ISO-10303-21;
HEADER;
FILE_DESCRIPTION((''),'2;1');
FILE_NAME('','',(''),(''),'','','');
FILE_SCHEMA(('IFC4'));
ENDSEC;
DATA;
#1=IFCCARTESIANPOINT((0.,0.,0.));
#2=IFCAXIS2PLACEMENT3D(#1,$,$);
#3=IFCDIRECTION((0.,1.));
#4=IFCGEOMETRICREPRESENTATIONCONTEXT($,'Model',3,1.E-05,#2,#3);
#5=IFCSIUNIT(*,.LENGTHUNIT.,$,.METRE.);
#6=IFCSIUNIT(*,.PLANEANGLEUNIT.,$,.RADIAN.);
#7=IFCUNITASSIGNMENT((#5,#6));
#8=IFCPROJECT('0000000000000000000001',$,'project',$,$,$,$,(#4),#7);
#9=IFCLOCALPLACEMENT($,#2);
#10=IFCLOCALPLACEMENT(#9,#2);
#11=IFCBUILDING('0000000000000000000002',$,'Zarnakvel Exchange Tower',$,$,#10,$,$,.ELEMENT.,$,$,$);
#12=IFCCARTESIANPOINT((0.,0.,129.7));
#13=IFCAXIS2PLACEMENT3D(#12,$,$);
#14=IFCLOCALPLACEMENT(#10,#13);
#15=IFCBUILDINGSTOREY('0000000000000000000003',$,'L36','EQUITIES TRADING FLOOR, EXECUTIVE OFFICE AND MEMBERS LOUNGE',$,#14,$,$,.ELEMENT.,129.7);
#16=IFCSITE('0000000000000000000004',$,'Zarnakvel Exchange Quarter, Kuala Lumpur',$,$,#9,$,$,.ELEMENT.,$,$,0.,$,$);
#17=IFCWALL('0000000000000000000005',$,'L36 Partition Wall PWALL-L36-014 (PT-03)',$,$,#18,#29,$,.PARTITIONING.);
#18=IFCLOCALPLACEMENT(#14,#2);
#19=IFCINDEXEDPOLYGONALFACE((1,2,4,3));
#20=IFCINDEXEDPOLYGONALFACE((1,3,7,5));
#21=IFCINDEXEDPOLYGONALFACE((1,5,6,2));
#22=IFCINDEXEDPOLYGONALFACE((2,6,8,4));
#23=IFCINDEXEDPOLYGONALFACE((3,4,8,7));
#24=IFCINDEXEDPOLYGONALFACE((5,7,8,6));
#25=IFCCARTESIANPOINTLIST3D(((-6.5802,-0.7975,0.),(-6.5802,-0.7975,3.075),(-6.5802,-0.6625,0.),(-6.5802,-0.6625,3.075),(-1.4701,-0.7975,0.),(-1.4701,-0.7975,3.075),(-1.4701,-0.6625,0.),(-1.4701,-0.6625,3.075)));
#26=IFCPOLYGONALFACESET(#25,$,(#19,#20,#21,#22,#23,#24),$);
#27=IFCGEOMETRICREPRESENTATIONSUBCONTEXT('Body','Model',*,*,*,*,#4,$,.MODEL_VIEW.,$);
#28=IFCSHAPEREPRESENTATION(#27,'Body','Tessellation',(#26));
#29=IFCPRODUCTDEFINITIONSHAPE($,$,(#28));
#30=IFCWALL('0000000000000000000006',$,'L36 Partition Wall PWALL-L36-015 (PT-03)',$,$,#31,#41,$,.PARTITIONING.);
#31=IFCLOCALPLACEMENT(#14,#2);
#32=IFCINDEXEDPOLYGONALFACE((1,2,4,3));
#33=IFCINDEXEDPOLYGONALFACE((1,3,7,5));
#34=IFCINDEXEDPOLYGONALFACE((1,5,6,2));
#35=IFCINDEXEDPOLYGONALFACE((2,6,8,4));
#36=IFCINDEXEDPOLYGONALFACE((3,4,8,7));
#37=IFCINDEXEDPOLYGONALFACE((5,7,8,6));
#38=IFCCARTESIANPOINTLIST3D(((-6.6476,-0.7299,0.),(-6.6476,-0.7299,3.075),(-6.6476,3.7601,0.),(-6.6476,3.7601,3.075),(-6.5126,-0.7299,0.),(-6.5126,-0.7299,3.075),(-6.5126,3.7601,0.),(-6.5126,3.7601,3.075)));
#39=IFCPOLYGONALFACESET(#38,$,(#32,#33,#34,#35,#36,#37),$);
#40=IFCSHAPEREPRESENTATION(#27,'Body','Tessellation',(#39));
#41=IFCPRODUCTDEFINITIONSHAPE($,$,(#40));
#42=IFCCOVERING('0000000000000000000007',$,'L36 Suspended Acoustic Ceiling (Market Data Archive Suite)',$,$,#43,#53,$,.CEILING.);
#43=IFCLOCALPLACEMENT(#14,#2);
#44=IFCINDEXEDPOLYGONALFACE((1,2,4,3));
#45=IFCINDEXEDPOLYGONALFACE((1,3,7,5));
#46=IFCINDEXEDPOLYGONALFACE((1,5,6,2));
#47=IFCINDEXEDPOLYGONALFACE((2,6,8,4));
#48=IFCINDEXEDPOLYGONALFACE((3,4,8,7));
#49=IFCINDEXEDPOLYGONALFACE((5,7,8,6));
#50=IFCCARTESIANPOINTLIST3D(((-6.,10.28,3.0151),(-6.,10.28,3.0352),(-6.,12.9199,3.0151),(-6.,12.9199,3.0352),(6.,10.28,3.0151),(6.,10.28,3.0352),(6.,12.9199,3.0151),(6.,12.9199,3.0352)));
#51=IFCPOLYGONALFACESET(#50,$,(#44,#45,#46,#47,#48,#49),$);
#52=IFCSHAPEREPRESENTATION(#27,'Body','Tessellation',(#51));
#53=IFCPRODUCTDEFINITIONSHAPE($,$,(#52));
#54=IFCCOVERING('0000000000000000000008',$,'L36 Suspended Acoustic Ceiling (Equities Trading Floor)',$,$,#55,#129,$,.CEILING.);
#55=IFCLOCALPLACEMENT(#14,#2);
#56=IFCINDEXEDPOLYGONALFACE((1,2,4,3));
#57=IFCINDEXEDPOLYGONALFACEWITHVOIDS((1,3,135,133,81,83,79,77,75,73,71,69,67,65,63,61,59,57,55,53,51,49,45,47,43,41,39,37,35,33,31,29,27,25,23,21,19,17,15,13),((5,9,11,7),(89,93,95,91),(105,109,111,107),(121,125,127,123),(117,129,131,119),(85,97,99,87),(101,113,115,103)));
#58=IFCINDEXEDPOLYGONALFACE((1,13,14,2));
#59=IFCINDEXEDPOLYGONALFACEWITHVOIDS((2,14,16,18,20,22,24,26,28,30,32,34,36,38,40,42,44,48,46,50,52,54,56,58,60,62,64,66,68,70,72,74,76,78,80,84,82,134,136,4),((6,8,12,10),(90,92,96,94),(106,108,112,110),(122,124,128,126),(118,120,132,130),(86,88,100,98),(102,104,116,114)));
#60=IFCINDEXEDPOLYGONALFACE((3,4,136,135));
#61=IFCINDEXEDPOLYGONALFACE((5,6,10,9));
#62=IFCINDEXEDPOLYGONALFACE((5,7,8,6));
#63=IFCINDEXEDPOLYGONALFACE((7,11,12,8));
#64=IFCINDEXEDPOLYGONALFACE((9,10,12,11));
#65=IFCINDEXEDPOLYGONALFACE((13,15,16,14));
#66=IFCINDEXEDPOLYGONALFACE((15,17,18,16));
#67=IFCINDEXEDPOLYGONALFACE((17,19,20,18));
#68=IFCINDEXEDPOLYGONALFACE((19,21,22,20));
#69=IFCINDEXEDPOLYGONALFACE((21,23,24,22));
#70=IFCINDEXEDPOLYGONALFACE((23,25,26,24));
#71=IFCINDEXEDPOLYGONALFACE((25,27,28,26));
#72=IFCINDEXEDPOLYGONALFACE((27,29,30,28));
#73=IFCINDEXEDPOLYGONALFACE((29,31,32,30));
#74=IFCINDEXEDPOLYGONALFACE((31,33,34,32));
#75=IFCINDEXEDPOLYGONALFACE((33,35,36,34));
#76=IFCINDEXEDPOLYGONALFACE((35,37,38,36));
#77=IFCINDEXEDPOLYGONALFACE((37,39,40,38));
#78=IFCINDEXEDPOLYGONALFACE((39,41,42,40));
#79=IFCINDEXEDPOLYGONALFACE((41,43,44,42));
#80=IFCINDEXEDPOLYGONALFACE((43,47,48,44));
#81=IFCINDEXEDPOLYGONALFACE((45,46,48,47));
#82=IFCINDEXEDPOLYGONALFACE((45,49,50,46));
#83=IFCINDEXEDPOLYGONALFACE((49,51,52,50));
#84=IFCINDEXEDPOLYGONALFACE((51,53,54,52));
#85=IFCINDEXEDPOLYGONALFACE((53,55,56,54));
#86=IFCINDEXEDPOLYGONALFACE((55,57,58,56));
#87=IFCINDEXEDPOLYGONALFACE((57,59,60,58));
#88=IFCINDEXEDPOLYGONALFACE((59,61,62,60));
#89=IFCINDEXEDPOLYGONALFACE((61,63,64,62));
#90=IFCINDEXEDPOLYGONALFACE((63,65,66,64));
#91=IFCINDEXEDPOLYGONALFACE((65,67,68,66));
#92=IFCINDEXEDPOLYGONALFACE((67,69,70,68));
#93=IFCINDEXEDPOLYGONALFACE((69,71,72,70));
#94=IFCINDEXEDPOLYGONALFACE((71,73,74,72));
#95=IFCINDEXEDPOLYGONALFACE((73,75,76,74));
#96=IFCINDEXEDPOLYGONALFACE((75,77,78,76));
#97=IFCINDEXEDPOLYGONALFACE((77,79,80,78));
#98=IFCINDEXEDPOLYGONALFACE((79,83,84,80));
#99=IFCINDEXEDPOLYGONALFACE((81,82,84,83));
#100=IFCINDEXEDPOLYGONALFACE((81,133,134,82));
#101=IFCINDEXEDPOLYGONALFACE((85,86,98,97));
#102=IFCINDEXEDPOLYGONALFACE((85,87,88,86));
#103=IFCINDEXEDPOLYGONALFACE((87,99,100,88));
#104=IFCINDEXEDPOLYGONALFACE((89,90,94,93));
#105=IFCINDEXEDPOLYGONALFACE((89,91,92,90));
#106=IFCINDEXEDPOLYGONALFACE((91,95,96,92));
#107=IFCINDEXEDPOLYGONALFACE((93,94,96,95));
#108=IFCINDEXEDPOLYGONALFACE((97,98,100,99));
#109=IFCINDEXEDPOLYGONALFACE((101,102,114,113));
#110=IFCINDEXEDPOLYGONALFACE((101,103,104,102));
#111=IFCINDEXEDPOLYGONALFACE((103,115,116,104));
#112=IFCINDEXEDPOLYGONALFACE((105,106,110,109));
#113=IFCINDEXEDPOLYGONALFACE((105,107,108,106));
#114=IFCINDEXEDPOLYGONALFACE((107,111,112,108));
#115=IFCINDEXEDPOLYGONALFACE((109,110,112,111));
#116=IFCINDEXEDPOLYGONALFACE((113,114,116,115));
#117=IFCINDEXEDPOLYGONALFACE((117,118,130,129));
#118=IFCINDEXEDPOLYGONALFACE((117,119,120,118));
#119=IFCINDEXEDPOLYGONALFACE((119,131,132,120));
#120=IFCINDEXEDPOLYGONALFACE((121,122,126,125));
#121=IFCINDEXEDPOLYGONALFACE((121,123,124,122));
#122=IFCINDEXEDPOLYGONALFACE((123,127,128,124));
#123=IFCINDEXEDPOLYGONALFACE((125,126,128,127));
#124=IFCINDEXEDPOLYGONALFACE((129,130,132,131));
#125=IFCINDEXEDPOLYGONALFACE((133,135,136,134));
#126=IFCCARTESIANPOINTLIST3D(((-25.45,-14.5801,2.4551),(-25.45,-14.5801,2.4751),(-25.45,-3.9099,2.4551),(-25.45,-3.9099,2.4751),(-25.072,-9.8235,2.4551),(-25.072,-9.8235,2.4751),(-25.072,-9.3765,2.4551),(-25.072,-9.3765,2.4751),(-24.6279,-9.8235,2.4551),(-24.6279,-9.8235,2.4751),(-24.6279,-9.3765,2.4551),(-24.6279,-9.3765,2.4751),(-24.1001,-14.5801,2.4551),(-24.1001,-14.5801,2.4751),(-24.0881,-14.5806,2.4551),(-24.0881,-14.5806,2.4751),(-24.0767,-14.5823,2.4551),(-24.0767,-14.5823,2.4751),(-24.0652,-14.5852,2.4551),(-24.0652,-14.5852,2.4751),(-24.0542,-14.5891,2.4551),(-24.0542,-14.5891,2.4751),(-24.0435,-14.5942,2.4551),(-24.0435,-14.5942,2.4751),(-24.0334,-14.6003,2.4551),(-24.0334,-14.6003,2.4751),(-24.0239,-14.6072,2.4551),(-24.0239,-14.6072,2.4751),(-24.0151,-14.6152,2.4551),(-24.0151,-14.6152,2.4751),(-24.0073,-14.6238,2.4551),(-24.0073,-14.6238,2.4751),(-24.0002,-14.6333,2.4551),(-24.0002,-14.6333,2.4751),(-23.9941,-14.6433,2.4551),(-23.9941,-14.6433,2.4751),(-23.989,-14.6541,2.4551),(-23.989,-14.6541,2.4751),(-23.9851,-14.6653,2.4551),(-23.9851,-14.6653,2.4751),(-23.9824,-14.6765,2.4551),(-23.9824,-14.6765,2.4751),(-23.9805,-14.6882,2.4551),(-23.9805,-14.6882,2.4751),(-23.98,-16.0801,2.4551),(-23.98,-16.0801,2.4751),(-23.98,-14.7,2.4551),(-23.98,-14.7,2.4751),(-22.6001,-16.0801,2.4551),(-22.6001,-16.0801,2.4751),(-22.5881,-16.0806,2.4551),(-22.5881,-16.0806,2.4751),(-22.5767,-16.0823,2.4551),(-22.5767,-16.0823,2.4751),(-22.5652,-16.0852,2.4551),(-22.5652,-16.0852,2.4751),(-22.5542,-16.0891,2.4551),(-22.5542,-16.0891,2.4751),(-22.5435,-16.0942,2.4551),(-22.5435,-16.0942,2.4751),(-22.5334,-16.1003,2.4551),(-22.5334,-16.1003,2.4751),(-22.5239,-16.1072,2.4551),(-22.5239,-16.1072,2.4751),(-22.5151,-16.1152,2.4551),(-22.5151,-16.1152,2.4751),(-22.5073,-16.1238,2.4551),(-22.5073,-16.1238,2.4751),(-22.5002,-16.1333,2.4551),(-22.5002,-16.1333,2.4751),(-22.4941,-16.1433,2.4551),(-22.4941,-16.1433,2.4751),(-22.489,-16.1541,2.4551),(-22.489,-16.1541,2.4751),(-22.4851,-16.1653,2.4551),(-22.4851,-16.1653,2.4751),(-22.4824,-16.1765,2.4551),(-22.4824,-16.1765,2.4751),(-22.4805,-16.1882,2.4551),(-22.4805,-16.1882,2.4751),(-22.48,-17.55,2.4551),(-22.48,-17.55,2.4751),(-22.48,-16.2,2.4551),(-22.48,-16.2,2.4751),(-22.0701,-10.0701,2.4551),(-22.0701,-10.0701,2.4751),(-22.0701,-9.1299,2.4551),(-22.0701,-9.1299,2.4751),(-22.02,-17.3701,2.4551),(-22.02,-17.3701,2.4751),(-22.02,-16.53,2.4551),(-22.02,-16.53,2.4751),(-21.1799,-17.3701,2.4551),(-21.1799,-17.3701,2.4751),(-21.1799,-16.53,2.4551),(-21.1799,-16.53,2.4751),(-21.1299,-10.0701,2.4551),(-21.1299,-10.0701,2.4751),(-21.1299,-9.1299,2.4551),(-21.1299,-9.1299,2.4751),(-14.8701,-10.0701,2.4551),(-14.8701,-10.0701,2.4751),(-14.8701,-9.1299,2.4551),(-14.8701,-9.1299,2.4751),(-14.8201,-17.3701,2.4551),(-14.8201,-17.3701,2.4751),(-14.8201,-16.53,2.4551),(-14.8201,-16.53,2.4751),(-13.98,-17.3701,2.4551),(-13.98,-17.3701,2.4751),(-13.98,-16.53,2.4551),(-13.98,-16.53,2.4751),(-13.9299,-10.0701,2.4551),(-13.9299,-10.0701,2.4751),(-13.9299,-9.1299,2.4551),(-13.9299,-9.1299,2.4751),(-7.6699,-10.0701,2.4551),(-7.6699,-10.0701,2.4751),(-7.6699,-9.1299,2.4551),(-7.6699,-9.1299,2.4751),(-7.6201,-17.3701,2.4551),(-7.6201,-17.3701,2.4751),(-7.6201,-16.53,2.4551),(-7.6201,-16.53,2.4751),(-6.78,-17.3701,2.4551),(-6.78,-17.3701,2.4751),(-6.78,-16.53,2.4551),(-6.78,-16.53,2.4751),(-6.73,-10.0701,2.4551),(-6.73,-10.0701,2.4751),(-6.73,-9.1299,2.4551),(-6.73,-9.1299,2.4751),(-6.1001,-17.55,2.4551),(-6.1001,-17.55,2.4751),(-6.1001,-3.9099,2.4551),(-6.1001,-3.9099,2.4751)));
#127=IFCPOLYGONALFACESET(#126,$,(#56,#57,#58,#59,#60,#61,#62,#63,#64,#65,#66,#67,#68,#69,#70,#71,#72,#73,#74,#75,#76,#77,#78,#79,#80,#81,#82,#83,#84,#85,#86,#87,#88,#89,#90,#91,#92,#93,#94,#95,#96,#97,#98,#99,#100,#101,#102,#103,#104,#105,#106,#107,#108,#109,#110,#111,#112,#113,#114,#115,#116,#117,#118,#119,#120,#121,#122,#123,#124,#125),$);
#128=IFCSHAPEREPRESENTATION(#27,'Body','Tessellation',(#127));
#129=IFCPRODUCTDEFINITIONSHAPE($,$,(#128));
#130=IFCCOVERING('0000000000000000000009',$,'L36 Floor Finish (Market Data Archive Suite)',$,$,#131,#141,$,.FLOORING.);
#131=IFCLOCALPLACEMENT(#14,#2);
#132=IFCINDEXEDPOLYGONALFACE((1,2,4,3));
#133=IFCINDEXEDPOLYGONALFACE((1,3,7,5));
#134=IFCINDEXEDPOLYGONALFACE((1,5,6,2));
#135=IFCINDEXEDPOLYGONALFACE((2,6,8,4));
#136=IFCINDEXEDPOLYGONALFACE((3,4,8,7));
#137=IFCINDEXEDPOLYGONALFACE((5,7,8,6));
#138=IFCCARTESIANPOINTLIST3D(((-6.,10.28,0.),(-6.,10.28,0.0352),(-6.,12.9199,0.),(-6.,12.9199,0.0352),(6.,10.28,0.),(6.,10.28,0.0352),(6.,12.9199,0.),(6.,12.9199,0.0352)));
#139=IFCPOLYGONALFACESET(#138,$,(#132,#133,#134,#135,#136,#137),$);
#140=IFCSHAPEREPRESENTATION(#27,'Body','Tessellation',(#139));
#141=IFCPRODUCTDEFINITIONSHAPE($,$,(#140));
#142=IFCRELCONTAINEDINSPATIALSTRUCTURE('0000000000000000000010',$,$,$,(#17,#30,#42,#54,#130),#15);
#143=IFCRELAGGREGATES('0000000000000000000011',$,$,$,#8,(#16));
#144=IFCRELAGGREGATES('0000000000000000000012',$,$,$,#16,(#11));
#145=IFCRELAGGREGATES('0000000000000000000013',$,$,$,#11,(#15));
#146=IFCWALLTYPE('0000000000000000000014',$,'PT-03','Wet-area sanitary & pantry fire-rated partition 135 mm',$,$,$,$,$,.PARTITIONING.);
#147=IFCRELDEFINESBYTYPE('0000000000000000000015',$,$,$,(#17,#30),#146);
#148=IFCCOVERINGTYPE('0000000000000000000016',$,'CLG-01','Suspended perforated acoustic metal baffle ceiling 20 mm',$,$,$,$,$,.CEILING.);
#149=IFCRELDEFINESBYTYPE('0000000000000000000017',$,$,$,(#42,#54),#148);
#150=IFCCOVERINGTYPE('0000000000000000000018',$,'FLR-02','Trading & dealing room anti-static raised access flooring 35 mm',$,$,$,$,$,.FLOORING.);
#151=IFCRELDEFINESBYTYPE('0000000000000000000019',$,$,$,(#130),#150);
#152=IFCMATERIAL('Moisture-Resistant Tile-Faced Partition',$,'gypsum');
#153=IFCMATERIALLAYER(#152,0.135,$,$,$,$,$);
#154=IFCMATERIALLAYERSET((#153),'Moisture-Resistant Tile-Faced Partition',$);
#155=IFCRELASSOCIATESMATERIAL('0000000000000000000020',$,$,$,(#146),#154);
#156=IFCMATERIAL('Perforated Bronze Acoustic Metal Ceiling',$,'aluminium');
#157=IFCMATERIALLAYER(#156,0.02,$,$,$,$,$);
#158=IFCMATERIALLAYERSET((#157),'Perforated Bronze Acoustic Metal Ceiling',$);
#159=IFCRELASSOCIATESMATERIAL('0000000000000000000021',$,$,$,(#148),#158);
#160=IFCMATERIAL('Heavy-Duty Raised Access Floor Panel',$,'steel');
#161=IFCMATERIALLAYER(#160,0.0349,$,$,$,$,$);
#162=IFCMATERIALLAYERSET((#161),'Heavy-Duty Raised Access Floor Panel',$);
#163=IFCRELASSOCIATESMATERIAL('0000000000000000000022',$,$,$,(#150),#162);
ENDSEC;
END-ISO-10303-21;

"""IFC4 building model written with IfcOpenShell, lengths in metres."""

from ifc_helpers import new_model, si_unit, direction, frame, frame_2d, origin, place, context, subcontext, project, spatial, polyline, rectangle, outline, extrude, material, layer, layer_set, type_object, element, save


model = new_model("IFC4")

# Units and contexts
model_context = context("Model", 3, precision=1e-05, world=origin(), true_north=direction((0.0, 1.0)))
body_context = subcontext(model_context, "Body", "Model", "MODEL_VIEW")
ifc_project = project(units=[si_unit("LENGTHUNIT", "METRE"), si_unit("PLANEANGLEUNIT", "RADIAN")], contexts=[model_context])

# Site, building, storey
site_placement = place(None, origin())
site = spatial("IfcSite", under=ifc_project, at=site_placement, Name="Zarnakvel Exchange Quarter, Kuala Lumpur", CompositionType="ELEMENT", RefElevation=0.0)
building_placement = place(site_placement, origin())
building = spatial("IfcBuilding", under=site, at=building_placement, Name="Zarnakvel Exchange Tower", CompositionType="ELEMENT")
storey_placement = place(building_placement, frame((0.0, 0.0, 129.7)))
storey = spatial("IfcBuildingStorey", under=building, at=storey_placement, Name="L36", Description="EQUITIES TRADING FLOOR, EXECUTIVE OFFICE AND MEMBERS LOUNGE", CompositionType="ELEMENT", Elevation=129.7)

# Walls
ifc_material_1 = material(Name="Moisture-Resistant Tile-Faced Partition", Category="gypsum")
ifc_layer_1 = layer(ifc_material_1, 0.135)
ifc_layer_set_1 = layer_set([ifc_layer_1], Name="Moisture-Resistant Tile-Faced Partition")
wall_type_1 = type_object("IfcWallType", Name="PT-03", Description="Wet-area sanitary & pantry fire-rated partition 135 mm", PredefinedType="PARTITIONING", material=ifc_layer_set_1)
wall_1_placement = place(storey_placement, frame((-1.47, -0.73, 0.0), z_axis=(0.0, 0.0, 1.0), x_axis=(-1.0, 0.0, 0.0)))
element("IfcWall", 1, at=wall_1_placement, inside=storey, type_object=wall_type_1, Name="L36 Partition Wall PWALL-L36-014 (PT-03)", PredefinedType="PARTITIONING", context=body_context, shape_type="SweptSolid", body=[
    extrude(rectangle(XDim=5.1101, YDim=0.135, at=frame_2d((2.5552, 0.0))), origin(), (0.0, 0.0, 1.0), 3.075),
])
wall_2_placement = place(storey_placement, frame((-6.5801, -0.73, 0.0), z_axis=(0.0, 0.0, 1.0), x_axis=(0.0, 1.0, 0.0)))
element("IfcWall", 2, at=wall_2_placement, inside=storey, type_object=wall_type_1, Name="L36 Partition Wall PWALL-L36-015 (PT-03)", PredefinedType="PARTITIONING", context=body_context, shape_type="SweptSolid", body=[
    extrude(rectangle(XDim=4.49, YDim=0.135, at=frame_2d((2.2451, 0.0))), origin(), (0.0, 0.0, 1.0), 3.075),
])

# Coverings
ifc_material_2 = material(Name="Perforated Bronze Acoustic Metal Ceiling", Category="aluminium")
ifc_layer_2 = layer(ifc_material_2, 0.02)
ifc_layer_set_2 = layer_set([ifc_layer_2], Name="Perforated Bronze Acoustic Metal Ceiling")
covering_type_1 = type_object("IfcCoveringType", Name="CLG-01", Description="Suspended perforated acoustic metal baffle ceiling 20 mm", PredefinedType="CEILING", material=ifc_layer_set_2)
covering_1_placement = place(storey_placement, frame((0.0, 0.0, 3.0151)))
element("IfcCovering", 3, at=covering_1_placement, inside=storey, type_object=covering_type_1, Name="L36 Suspended Acoustic Ceiling (Market Data Archive Suite)", PredefinedType="CEILING", context=body_context, shape_type="SweptSolid", body=[
    extrude(outline(polyline([(-6.0, 12.9199), (6.0, 12.9199), (6.0, 10.28), (-6.0, 10.28), (-6.0, 12.9199)])), origin(), (0.0, 0.0, 1.0), 0.02),
])
covering_2_placement = place(storey_placement, frame((0.0, 0.0, 2.4551)))
element("IfcCovering", 4, at=covering_2_placement, inside=storey, type_object=covering_type_1, Name="L36 Suspended Acoustic Ceiling (Equities Trading Floor)", PredefinedType="CEILING", context=body_context, shape_type="SweptSolid", body=[
    extrude(outline(polyline([(-6.1001, -3.9099), (-6.1001, -17.55), (-22.48, -17.55), (-22.48, -16.2), (-22.4805, -16.1882), (-22.4824, -16.1765), (-22.4851, -16.1653), (-22.489, -16.1541), (-22.4941, -16.1433), (-22.5002, -16.1333), (-22.5073, -16.1238), (-22.5151, -16.1152), (-22.5239, -16.1072), (-22.5334, -16.1003), (-22.5435, -16.0942), (-22.5542, -16.0891), (-22.5652, -16.0852), (-22.5767, -16.0823), (-22.5881, -16.0806), (-22.6001, -16.0801), (-23.98, -16.0801), (-23.98, -14.7), (-23.9805, -14.6882), (-23.9824, -14.6765), (-23.9851, -14.6653), (-23.989, -14.6541), (-23.9941, -14.6433), (-24.0002, -14.6333), (-24.0073, -14.6238), (-24.0151, -14.6152), (-24.0239, -14.6072), (-24.0334, -14.6003), (-24.0435, -14.5942), (-24.0542, -14.5891), (-24.0652, -14.5852), (-24.0767, -14.5823), (-24.0881, -14.5806), (-24.1001, -14.5801), (-25.45, -14.5801), (-25.45, -3.9099), (-6.1001, -3.9099)]), holes=[polyline([(-7.6699, -10.0701), (-6.73, -10.0701), (-6.73, -9.1299), (-7.6699, -9.1299), (-7.6699, -10.0701)]), polyline([(-6.78, -17.3701), (-6.78, -16.53), (-7.6201, -16.53), (-7.6201, -17.3701), (-6.78, -17.3701)]), polyline([(-13.9299, -10.0701), (-13.9299, -9.1299), (-14.8701, -9.1299), (-14.8701, -10.0701), (-13.9299, -10.0701)]), polyline([(-13.98, -17.3701), (-13.98, -16.53), (-14.8201, -16.53), (-14.8201, -17.3701), (-13.98, -17.3701)]), polyline([(-21.1299, -10.0701), (-21.1299, -9.1299), (-22.0701, -9.1299), (-22.0701, -10.0701), (-21.1299, -10.0701)]), polyline([(-21.1799, -17.3701), (-21.1799, -16.53), (-22.02, -16.53), (-22.02, -17.3701), (-21.1799, -17.3701)]), polyline([(-25.072, -9.8235), (-24.6279, -9.8235), (-24.6279, -9.3765), (-25.072, -9.3765), (-25.072, -9.8235)])]), origin(), (0.0, 0.0, 1.0), 0.02),
])
ifc_material_3 = material(Name="Heavy-Duty Raised Access Floor Panel", Category="steel")
ifc_layer_3 = layer(ifc_material_3, 0.0349)
ifc_layer_set_3 = layer_set([ifc_layer_3], Name="Heavy-Duty Raised Access Floor Panel")
covering_type_2 = type_object("IfcCoveringType", Name="FLR-02", Description="Trading & dealing room anti-static raised access flooring 35 mm", PredefinedType="FLOORING", material=ifc_layer_set_3)
covering_3_placement = place(storey_placement, origin())
element("IfcCovering", 5, at=covering_3_placement, inside=storey, type_object=covering_type_2, Name="L36 Floor Finish (Market Data Archive Suite)", PredefinedType="FLOORING", context=body_context, shape_type="SweptSolid", body=[
    extrude(outline(polyline([(-6.0, 12.9199), (6.0, 12.9199), (6.0, 10.28), (-6.0, 10.28), (-6.0, 12.9199)])), origin(), (0.0, 0.0, 1.0), 0.0352),
])

save(model, "model.ifc")
